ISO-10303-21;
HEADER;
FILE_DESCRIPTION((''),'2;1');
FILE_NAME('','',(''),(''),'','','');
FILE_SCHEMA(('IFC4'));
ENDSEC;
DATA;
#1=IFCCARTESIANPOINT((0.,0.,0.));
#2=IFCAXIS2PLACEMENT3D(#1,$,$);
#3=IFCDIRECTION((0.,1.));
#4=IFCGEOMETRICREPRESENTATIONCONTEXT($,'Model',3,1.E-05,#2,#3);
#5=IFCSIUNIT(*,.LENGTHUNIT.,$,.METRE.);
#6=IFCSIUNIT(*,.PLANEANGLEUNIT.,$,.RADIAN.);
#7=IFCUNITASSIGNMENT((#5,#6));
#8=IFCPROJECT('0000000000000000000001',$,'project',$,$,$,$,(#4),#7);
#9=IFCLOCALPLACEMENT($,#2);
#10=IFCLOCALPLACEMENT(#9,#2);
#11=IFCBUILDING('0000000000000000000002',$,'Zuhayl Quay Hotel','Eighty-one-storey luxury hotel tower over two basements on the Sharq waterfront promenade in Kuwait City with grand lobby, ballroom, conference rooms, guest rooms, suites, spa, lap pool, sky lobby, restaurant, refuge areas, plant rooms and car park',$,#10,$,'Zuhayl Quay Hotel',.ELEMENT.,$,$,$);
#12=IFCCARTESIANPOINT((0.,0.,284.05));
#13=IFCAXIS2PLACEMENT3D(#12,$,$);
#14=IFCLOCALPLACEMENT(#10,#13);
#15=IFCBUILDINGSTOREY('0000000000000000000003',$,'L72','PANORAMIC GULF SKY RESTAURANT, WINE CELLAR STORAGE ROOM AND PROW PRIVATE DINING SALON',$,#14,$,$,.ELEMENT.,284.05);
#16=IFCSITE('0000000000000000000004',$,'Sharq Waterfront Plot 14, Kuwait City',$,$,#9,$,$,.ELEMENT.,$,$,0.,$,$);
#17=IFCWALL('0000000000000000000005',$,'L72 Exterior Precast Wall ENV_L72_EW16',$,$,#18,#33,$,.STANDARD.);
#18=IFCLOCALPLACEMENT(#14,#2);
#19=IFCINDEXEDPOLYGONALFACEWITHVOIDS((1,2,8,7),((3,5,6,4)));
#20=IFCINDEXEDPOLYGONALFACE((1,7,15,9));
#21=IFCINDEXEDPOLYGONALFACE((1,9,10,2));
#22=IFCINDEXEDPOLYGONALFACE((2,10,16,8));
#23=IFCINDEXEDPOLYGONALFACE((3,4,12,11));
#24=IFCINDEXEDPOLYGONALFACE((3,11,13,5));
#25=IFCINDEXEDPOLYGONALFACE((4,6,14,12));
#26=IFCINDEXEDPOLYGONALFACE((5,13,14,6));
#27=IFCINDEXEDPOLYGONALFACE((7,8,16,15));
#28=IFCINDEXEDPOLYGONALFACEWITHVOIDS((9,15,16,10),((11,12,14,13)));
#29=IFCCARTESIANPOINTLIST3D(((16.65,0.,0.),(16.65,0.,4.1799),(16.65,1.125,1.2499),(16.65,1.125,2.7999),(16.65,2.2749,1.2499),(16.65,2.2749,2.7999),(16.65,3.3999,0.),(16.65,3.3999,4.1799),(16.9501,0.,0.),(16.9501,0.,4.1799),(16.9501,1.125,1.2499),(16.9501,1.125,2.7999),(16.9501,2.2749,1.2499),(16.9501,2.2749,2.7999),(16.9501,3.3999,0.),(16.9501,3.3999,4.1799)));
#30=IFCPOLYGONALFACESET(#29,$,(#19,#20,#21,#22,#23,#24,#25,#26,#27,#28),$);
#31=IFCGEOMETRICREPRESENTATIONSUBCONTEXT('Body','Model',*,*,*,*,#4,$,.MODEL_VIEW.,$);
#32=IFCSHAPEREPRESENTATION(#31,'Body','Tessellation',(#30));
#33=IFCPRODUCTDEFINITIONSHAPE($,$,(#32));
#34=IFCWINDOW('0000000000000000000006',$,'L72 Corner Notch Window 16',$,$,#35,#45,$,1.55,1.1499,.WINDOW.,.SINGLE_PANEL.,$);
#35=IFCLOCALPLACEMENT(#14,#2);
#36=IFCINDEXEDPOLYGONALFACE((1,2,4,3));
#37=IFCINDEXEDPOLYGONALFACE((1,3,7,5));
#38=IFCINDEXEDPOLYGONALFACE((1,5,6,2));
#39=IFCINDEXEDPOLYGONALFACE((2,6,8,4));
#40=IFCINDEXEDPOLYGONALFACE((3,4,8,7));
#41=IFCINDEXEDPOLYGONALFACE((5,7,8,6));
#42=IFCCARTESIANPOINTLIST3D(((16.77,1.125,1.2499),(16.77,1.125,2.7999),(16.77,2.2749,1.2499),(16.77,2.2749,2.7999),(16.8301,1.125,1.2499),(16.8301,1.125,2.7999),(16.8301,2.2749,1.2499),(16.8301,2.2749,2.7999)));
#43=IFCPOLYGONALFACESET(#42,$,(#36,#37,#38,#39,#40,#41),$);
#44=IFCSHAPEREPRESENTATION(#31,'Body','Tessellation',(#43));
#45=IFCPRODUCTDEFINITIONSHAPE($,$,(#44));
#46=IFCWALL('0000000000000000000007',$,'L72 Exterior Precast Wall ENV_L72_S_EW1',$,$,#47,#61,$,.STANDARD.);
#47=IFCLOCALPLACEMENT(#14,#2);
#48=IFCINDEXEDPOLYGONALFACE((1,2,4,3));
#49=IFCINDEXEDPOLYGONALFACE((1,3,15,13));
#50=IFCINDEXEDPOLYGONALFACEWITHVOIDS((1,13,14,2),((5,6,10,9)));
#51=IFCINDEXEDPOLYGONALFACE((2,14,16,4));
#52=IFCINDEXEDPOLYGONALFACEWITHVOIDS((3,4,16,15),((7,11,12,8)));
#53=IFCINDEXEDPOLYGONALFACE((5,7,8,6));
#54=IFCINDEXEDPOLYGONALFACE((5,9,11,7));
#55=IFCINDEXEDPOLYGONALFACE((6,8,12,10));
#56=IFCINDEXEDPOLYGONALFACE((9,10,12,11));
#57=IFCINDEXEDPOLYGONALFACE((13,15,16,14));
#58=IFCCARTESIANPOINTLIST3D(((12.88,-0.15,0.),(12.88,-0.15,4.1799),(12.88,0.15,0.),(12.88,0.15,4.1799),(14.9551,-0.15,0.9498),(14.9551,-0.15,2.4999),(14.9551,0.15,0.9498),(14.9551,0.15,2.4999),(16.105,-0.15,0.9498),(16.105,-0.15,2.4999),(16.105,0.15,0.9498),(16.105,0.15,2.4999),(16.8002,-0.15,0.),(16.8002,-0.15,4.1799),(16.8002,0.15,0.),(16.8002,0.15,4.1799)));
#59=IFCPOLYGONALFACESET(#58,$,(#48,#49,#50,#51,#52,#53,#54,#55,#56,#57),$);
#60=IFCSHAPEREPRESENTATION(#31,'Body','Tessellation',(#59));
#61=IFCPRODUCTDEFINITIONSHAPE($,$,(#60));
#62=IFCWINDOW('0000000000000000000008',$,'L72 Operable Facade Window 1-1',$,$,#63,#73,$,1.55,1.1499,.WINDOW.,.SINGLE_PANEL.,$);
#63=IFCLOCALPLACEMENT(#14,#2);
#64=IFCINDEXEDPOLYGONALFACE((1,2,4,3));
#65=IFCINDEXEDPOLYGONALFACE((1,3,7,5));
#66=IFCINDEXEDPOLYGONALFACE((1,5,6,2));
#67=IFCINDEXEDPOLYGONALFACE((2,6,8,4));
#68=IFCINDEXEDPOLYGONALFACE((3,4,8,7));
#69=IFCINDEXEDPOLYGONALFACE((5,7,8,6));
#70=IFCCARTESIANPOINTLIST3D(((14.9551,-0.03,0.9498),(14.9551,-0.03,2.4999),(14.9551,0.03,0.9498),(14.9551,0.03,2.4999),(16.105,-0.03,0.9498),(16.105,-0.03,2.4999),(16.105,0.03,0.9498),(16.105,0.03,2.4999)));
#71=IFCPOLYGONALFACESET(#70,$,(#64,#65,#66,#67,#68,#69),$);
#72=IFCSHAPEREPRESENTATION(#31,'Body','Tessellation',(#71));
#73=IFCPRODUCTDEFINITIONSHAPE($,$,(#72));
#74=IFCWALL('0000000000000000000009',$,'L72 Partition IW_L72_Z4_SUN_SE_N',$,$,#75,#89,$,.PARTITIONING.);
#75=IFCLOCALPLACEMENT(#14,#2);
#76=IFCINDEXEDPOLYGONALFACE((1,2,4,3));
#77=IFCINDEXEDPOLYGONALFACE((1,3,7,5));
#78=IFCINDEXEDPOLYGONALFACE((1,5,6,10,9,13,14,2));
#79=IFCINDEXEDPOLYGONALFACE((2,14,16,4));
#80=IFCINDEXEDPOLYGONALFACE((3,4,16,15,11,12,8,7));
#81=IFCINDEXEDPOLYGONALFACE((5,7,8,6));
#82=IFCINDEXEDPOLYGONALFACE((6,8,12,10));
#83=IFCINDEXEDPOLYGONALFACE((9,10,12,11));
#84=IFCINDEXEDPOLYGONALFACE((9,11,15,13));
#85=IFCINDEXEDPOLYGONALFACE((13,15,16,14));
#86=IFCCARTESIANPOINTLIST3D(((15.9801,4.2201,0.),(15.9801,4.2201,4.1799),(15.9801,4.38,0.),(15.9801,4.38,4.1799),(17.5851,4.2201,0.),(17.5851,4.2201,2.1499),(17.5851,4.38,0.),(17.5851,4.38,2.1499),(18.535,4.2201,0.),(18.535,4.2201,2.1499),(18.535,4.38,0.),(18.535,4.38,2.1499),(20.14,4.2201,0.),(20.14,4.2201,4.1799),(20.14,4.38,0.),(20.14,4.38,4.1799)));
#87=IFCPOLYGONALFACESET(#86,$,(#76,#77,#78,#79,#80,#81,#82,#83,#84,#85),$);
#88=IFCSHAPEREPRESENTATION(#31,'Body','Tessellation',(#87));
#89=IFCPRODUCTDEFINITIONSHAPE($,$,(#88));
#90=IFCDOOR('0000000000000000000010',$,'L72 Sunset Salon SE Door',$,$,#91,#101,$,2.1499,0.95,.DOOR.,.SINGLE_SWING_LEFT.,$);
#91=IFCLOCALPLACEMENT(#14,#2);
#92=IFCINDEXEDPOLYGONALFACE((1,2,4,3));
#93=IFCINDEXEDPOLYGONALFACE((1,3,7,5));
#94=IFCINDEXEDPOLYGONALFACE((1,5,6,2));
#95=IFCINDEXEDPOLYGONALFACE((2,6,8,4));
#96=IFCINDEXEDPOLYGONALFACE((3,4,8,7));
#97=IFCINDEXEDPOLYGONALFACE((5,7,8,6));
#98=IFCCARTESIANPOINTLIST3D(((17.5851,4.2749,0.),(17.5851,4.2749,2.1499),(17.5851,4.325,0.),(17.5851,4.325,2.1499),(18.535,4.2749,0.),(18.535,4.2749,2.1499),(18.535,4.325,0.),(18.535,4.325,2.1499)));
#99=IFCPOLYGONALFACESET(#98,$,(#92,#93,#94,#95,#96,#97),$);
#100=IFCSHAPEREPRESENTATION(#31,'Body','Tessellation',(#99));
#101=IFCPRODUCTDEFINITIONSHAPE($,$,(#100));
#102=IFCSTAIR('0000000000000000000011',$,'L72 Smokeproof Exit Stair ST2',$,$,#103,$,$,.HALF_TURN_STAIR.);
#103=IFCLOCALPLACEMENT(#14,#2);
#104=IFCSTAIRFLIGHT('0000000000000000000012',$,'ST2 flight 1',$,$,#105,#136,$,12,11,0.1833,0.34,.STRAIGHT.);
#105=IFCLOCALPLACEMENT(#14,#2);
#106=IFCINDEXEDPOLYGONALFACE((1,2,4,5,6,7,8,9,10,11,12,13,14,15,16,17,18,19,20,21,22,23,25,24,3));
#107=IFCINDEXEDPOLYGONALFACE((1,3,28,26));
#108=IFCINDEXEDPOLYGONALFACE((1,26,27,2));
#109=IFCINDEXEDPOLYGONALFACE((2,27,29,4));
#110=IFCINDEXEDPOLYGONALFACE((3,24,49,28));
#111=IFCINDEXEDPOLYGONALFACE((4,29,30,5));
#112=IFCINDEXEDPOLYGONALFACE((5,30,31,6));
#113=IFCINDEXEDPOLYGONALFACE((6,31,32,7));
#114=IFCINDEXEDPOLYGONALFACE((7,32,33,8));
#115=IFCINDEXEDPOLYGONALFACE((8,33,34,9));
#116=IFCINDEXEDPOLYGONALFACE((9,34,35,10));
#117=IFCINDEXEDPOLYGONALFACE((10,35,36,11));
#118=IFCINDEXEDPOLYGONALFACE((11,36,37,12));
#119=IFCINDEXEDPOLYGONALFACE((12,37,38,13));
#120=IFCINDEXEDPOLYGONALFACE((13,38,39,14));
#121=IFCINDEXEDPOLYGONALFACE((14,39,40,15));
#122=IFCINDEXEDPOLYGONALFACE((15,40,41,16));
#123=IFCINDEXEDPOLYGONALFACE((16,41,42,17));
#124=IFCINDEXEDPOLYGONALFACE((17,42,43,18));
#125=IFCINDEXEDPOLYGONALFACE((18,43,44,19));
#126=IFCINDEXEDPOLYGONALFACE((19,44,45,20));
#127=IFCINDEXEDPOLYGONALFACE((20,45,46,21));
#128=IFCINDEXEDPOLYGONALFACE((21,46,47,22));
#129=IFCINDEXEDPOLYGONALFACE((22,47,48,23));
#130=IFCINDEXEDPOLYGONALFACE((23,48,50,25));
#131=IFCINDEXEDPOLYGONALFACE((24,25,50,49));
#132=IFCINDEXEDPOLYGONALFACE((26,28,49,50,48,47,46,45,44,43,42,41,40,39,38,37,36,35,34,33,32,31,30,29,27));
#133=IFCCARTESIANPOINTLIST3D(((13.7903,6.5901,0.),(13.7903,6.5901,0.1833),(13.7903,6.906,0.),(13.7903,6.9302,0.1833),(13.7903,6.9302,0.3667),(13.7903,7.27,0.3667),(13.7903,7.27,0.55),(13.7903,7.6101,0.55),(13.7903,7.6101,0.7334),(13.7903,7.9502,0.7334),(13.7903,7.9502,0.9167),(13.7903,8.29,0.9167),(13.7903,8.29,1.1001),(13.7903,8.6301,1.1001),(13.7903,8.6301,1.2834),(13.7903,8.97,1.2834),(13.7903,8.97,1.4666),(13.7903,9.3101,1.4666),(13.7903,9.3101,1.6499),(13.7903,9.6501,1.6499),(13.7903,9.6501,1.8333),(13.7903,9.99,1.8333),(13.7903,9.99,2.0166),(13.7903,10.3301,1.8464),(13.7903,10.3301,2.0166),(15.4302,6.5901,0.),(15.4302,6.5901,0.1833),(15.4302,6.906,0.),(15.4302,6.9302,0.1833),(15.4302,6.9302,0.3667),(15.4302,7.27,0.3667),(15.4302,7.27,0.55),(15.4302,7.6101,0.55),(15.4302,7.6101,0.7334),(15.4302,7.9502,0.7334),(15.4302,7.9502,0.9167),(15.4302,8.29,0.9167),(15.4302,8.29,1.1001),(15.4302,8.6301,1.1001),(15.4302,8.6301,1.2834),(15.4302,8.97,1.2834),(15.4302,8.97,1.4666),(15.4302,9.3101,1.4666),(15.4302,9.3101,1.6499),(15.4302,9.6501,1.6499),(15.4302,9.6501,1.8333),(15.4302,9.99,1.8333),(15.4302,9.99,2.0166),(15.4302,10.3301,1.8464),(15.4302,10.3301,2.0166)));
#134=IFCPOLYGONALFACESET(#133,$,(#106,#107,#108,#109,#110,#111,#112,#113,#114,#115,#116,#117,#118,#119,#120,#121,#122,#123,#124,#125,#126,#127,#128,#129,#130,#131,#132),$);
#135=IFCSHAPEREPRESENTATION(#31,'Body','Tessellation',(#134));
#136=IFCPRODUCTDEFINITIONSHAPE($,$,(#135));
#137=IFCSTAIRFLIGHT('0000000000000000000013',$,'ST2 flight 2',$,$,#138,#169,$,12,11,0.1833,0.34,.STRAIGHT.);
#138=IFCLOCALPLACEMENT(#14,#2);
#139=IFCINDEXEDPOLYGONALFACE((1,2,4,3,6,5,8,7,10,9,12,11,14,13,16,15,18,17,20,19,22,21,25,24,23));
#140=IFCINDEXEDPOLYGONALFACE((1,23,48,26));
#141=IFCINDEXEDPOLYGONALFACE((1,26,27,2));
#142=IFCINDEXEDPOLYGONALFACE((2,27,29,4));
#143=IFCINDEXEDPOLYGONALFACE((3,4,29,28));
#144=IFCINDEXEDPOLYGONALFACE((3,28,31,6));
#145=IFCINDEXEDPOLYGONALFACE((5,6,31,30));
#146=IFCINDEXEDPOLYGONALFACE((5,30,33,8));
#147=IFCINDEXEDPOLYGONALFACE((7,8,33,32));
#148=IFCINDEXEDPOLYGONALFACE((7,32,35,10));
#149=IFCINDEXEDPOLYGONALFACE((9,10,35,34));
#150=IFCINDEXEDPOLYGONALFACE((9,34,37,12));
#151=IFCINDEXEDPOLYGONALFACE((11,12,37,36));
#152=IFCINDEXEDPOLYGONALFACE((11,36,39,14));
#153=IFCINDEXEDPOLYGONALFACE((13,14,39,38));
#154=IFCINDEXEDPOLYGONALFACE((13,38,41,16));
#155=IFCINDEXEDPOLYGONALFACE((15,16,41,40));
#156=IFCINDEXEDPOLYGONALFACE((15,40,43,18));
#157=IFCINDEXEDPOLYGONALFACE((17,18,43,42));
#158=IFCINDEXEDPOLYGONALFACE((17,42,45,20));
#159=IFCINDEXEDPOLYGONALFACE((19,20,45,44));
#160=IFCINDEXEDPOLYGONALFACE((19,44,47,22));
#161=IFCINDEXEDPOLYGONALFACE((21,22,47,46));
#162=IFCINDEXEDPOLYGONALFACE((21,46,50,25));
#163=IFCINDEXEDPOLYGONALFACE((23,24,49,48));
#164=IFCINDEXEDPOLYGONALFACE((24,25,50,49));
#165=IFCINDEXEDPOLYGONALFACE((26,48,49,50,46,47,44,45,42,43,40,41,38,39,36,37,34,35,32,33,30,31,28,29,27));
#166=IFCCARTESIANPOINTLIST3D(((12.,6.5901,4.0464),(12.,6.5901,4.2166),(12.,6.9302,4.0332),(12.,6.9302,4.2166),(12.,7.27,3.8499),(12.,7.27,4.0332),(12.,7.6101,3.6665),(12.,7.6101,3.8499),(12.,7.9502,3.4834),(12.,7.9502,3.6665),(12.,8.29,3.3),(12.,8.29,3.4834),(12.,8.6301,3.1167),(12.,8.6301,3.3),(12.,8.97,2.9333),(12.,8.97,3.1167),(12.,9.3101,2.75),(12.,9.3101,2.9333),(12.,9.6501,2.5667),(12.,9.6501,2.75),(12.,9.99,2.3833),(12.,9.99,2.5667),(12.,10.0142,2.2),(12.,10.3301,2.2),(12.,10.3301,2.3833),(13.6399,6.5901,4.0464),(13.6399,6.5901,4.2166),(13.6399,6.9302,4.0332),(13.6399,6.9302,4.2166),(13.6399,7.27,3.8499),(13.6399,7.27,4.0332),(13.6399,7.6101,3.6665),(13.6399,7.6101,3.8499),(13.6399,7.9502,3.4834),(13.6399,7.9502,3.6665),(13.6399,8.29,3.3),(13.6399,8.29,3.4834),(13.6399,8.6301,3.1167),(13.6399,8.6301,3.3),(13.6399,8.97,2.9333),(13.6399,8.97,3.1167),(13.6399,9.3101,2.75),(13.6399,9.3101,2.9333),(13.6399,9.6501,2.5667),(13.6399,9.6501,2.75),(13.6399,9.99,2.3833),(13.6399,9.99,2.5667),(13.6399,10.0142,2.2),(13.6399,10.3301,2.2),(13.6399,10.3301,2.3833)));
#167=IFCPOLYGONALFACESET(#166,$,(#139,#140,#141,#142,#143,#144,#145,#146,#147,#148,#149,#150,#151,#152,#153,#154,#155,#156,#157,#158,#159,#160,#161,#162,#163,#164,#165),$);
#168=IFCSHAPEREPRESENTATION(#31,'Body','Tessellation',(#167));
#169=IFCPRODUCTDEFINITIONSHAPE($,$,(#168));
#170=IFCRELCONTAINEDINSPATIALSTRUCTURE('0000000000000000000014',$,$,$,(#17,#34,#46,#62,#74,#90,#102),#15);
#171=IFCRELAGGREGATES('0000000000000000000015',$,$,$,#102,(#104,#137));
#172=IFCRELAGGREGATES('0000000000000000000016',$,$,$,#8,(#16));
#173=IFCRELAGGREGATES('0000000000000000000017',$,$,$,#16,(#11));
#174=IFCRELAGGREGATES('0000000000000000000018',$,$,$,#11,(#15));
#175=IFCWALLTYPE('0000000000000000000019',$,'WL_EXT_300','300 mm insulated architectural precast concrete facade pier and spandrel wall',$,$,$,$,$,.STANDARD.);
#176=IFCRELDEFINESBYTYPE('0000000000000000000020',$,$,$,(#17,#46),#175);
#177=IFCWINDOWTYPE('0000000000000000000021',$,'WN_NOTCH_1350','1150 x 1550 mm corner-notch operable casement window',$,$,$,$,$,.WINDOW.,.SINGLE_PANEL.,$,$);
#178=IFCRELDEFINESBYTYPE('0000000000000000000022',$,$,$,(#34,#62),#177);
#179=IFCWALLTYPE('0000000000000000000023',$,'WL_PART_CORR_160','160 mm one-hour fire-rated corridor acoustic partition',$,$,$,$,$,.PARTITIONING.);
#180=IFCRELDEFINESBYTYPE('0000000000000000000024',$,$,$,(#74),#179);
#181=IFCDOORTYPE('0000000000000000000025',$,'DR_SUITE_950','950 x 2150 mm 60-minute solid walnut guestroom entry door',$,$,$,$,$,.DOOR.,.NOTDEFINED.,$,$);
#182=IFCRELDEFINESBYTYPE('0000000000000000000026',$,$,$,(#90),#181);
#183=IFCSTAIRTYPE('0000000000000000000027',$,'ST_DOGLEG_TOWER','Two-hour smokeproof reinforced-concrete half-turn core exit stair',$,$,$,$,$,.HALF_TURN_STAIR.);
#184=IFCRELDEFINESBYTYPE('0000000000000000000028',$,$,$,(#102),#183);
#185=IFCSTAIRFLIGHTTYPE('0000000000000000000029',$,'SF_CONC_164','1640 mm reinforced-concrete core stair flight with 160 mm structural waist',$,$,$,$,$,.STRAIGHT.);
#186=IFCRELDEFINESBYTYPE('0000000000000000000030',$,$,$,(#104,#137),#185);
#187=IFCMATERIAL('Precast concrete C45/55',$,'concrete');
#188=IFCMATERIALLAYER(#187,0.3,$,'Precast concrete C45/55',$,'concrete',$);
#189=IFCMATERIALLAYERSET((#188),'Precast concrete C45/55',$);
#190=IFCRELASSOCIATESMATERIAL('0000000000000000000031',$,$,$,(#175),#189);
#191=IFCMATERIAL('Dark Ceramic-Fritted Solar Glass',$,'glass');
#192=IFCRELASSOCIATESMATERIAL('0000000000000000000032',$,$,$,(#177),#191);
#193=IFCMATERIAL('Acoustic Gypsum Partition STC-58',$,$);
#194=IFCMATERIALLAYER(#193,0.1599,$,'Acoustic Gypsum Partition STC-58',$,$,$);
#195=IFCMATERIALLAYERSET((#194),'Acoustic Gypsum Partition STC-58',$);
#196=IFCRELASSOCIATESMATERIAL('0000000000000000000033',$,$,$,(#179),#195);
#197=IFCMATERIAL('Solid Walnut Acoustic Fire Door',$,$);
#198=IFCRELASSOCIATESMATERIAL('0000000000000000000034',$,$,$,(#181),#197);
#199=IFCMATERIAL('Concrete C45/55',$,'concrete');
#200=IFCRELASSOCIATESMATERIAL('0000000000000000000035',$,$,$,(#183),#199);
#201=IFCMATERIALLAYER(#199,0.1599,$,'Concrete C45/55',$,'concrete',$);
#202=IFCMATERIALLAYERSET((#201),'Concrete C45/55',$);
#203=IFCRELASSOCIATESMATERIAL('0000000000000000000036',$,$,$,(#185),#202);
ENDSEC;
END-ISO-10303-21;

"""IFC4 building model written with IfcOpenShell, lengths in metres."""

from ifc_helpers import new_model, si_unit, direction, frame, frame_2d, origin, place, context, subcontext, project, spatial, polyline, rectangle, outline, extrude, material, layer, layer_set, type_object, element, fill, aggregate, save


model = new_model("IFC4")

# Units and contexts
model_context = context("Model", 3, precision=1e-05, world=origin(), true_north=direction((0.0, 1.0)))
body_context = subcontext(model_context, "Body", "Model", "MODEL_VIEW")
ifc_project = project(units=[si_unit("LENGTHUNIT", "METRE"), si_unit("PLANEANGLEUNIT", "RADIAN")], contexts=[model_context])

# Site, building, storey
site_placement = place(None, origin())
site = spatial("IfcSite", under=ifc_project, at=site_placement, Name="Sharq Waterfront Plot 14, Kuwait City", CompositionType="ELEMENT", RefElevation=0.0)
building_placement = place(site_placement, origin())
building = spatial("IfcBuilding", under=site, at=building_placement, Name="Zuhayl Quay Hotel", Description="Eighty-one-storey luxury hotel tower over two basements on the Sharq waterfront promenade in Kuwait City with grand lobby, ballroom, conference rooms, guest rooms, suites, spa, lap pool, sky lobby, restaurant, refuge areas, plant rooms and car park", LongName="Zuhayl Quay Hotel", CompositionType="ELEMENT")
storey_placement = place(building_placement, frame((0.0, 0.0, 284.05)))
storey = spatial("IfcBuildingStorey", under=building, at=storey_placement, Name="L72", Description="PANORAMIC GULF SKY RESTAURANT, WINE CELLAR STORAGE ROOM AND PROW PRIVATE DINING SALON", CompositionType="ELEMENT", Elevation=284.05)

# Shared definitions
ifc_material_1 = material(Name="Dark Ceramic-Fritted Solar Glass", Category="glass")

# Shared definitions
ifc_material_2 = material(Name="Precast concrete C45/55", Category="concrete")
ifc_layer_1 = layer(ifc_material_2, 0.3, Name="Precast concrete C45/55", Category="concrete")
ifc_layer_set_1 = layer_set([ifc_layer_1], Name="Precast concrete C45/55")
wall_type_1 = type_object("IfcWallType", Name="WL_EXT_300", Description="300 mm insulated architectural precast concrete facade pier and spandrel wall", PredefinedType="STANDARD", material=ifc_layer_set_1)

# Walls, openings, windows
window_type = type_object("IfcWindowType", Name="WN_NOTCH_1350", Description="1150 x 1550 mm corner-notch operable casement window", PartitioningType="SINGLE_PANEL", PredefinedType="WINDOW", material=ifc_material_1)
wall_1_placement = place(storey_placement, frame((16.8, 3.3999, 0.0), z_axis=(0.0, 0.0, 1.0), x_axis=(0.0, -1.0, 0.0)))
wall_1 = element("IfcWall", 1, at=wall_1_placement, inside=storey, type_object=wall_type_1, Name="L72 Exterior Precast Wall ENV_L72_EW16", PredefinedType="STANDARD", context=body_context, shape_type="SweptSolid", body=[
    extrude(rectangle(XDim=3.3999, YDim=0.3, at=frame_2d((1.7, 0.0))), origin(), (0.0, 0.0, 1.0), 4.1799),
])
opening_1_placement = place(wall_1_placement, frame((1.125, 0.0, 1.25)))
opening_1 = element("IfcOpeningElement", 2, at=opening_1_placement, cuts=wall_1, PredefinedType="OPENING", context=body_context, shape_type="SweptSolid", body=[
    extrude(rectangle(XDim=1.1499, YDim=1.55, at=frame_2d((0.575, 0.7749))), frame((0.0, 0.1599, 0.0), z_axis=(0.0, -1.0, 0.0), x_axis=(1.0, 0.0, 0.0)), (0.0, 0.0, 1.0), 0.3201),
])
window_1_placement = place(opening_1_placement, origin())
window_1 = element("IfcWindow", 3, at=window_1_placement, inside=storey, type_object=window_type, Name="L72 Corner Notch Window 16", OverallHeight=1.55, OverallWidth=1.1499, PartitioningType="SINGLE_PANEL", PredefinedType="WINDOW", context=body_context, shape_type="SweptSolid", body=[
    extrude(rectangle(XDim=1.1499, YDim=1.55, at=frame_2d((0.575, 0.7749))), frame((0.0, 0.03, 0.0), z_axis=(0.0, -1.0, 0.0), x_axis=(1.0, 0.0, 0.0)), (0.0, 0.0, 1.0), 0.0601),
])
fill(opening_1, window_1)
wall_2_placement = place(storey_placement, frame((16.8, 0.0, 0.0), z_axis=(0.0, 0.0, 1.0), x_axis=(-1.0, 0.0, 0.0)))
wall_2 = element("IfcWall", 4, at=wall_2_placement, inside=storey, type_object=wall_type_1, Name="L72 Exterior Precast Wall ENV_L72_S_EW1", PredefinedType="STANDARD", context=body_context, shape_type="SweptSolid", body=[
    extrude(rectangle(XDim=3.9202, YDim=0.3, at=frame_2d((1.96, 0.0))), origin(), (0.0, 0.0, 1.0), 4.1799),
])
opening_2_placement = place(wall_2_placement, frame((0.6951, 0.0, 0.95)))
opening_2 = element("IfcOpeningElement", 5, at=opening_2_placement, cuts=wall_2, PredefinedType="OPENING", context=body_context, shape_type="SweptSolid", body=[
    extrude(rectangle(XDim=1.1499, YDim=1.55, at=frame_2d((0.575, 0.7749))), frame((0.0, 0.1599, 0.0), z_axis=(0.0, -1.0, 0.0), x_axis=(1.0, 0.0, 0.0)), (0.0, 0.0, 1.0), 0.3201),
])
window_2_placement = place(opening_2_placement, origin())
window_2 = element("IfcWindow", 6, at=window_2_placement, inside=storey, type_object=window_type, Name="L72 Operable Facade Window 1-1", OverallHeight=1.55, OverallWidth=1.1499, PartitioningType="SINGLE_PANEL", PredefinedType="WINDOW", context=body_context, shape_type="SweptSolid", body=[
    extrude(rectangle(XDim=1.1499, YDim=1.55, at=frame_2d((0.575, 0.7749))), frame((0.0, 0.03, 0.0), z_axis=(0.0, -1.0, 0.0), x_axis=(1.0, 0.0, 0.0)), (0.0, 0.0, 1.0), 0.0601),
])
fill(opening_2, window_2)

# Wall, opening, door
ifc_material_3 = material(Name="Acoustic Gypsum Partition STC-58")
ifc_layer_2 = layer(ifc_material_3, 0.1599, Name="Acoustic Gypsum Partition STC-58")
ifc_layer_set_2 = layer_set([ifc_layer_2], Name="Acoustic Gypsum Partition STC-58")
wall_type_2 = type_object("IfcWallType", Name="WL_PART_CORR_160", Description="160 mm one-hour fire-rated corridor acoustic partition", PredefinedType="PARTITIONING", material=ifc_layer_set_2)
wall_3_placement = place(storey_placement, frame((15.98, 4.3, 0.0), z_axis=(0.0, 0.0, 1.0), x_axis=(1.0, 0.0, 0.0)))
wall_3 = element("IfcWall", 7, at=wall_3_placement, inside=storey, type_object=wall_type_2, Name="L72 Partition IW_L72_Z4_SUN_SE_N", PredefinedType="PARTITIONING", context=body_context, shape_type="SweptSolid", body=[
    extrude(rectangle(XDim=4.1599, YDim=0.1599, at=frame_2d((2.0801, 0.0))), origin(), (0.0, 0.0, 1.0), 4.1799),
])
opening_3_placement = place(wall_3_placement, frame((1.605, 0.0, 0.0)))
opening_3 = element("IfcOpeningElement", 8, at=opening_3_placement, cuts=wall_3, PredefinedType="OPENING", context=body_context, shape_type="SweptSolid", body=[
    extrude(rectangle(XDim=0.95, YDim=2.1499, at=frame_2d((0.4751, 1.075))), frame((0.0, 0.0898, 0.0), z_axis=(0.0, -1.0, 0.0), x_axis=(1.0, 0.0, 0.0)), (0.0, 0.0, 1.0), 0.1799),
])
ifc_material_4 = material(Name="Solid Walnut Acoustic Fire Door")
door_type = type_object("IfcDoorType", Name="DR_SUITE_950", Description="950 x 2150 mm 60-minute solid walnut guestroom entry door", OperationType="NOTDEFINED", PredefinedType="DOOR", material=ifc_material_4)
door_placement = place(opening_3_placement, origin())
door = element("IfcDoor", 9, at=door_placement, inside=storey, type_object=door_type, Name="L72 Sunset Salon SE Door", OperationType="SINGLE_SWING_LEFT", OverallHeight=2.1499, OverallWidth=0.95, PredefinedType="DOOR", context=body_context, shape_type="SweptSolid", body=[
    extrude(rectangle(XDim=0.95, YDim=2.1499, at=frame_2d((0.4751, 1.075))), frame((0.0, 0.0249, 0.0), z_axis=(0.0, -1.0, 0.0), x_axis=(1.0, 0.0, 0.0)), (0.0, 0.0, 1.0), 0.05),
])
fill(opening_3, door)

# Stair, stair flights
ifc_material_5 = material(Name="Concrete C45/55", Category="concrete")
stair_type = type_object("IfcStairType", Name="ST_DOGLEG_TOWER", Description="Two-hour smokeproof reinforced-concrete half-turn core exit stair", PredefinedType="HALF_TURN_STAIR", material=ifc_material_5)
stair_placement = place(storey_placement, origin())
stair = element("IfcStair", 10, at=stair_placement, inside=storey, type_object=stair_type, Name="L72 Smokeproof Exit Stair ST2", PredefinedType="HALF_TURN_STAIR")
ifc_layer_3 = layer(ifc_material_5, 0.1599, Name="Concrete C45/55", Category="concrete")
ifc_layer_set_3 = layer_set([ifc_layer_3], Name="Concrete C45/55")
stair_flight_type = type_object("IfcStairFlightType", Name="SF_CONC_164", Description="1640 mm reinforced-concrete core stair flight with 160 mm structural waist", PredefinedType="STRAIGHT", material=ifc_layer_set_3)
stair_flight_1_placement = place(storey_placement, frame((14.6101, 6.5901, 0.0), z_axis=(0.0, 0.0, 1.0), x_axis=(0.0, 1.0, 0.0)))
stair_flight_1 = element("IfcStairFlight", 11, at=stair_flight_1_placement, type_object=stair_flight_type, Name="ST2 flight 1", NumberOfRisers=12, NumberOfTreads=11, PredefinedType="STRAIGHT", RiserHeight=0.1833, TreadLength=0.34, context=body_context, shape_type="SweptSolid", body=[
    extrude(outline(polyline([(0.0, 0.0), (0.0, 0.1833), (0.3401, 0.1833), (0.3401, 0.3667), (0.6799, 0.3667), (0.6799, 0.55), (1.02, 0.55), (1.02, 0.7334), (1.3601, 0.7334), (1.3601, 0.9167), (1.7, 0.9167), (1.7, 1.1001), (2.04, 1.1001), (2.04, 1.2834), (2.3799, 1.2834), (2.3799, 1.4666), (2.72, 1.4666), (2.72, 1.6499), (3.0601, 1.6499), (3.0601, 1.8333), (3.3999, 1.8333), (3.3999, 2.0166), (3.74, 2.0166), (3.74, 2.2), (3.74, 1.8464), (0.3159, 0.0), (0.0, 0.0)])), frame((0.0, 0.8198, 0.0), z_axis=(0.0, -1.0, 0.0), x_axis=(1.0, 0.0, 0.0)), (0.0, 0.0, 1.0), 1.6399),
])
stair_flight_2_placement = place(storey_placement, frame((12.8201, 10.3301, 2.2), z_axis=(0.0, 0.0, 1.0), x_axis=(0.0, -1.0, 0.0)))
stair_flight_2 = element("IfcStairFlight", 12, at=stair_flight_2_placement, type_object=stair_flight_type, Name="ST2 flight 2", NumberOfRisers=12, NumberOfTreads=11, PredefinedType="STRAIGHT", RiserHeight=0.1833, TreadLength=0.34, context=body_context, shape_type="SweptSolid", body=[
    extrude(outline(polyline([(0.0, 0.0), (0.0, 0.1833), (0.3401, 0.1833), (0.3401, 0.3667), (0.6799, 0.3667), (0.6799, 0.55), (1.02, 0.55), (1.02, 0.7334), (1.3601, 0.7334), (1.3601, 0.9167), (1.7, 0.9167), (1.7, 1.1001), (2.04, 1.1001), (2.04, 1.2834), (2.3799, 1.2834), (2.3799, 1.4666), (2.72, 1.4666), (2.72, 1.6499), (3.0601, 1.6499), (3.0601, 1.8333), (3.3999, 1.8333), (3.3999, 2.0166), (3.74, 2.0166), (3.74, 2.2), (3.74, 1.8464), (0.3159, 0.0), (0.0, 0.0)])), frame((0.0, 0.8198, 0.0), z_axis=(0.0, -1.0, 0.0), x_axis=(1.0, 0.0, 0.0)), (0.0, 0.0, 1.0), 1.6399),
])
aggregate(stair, [stair_flight_1, stair_flight_2])

save(model, "model.ifc")
